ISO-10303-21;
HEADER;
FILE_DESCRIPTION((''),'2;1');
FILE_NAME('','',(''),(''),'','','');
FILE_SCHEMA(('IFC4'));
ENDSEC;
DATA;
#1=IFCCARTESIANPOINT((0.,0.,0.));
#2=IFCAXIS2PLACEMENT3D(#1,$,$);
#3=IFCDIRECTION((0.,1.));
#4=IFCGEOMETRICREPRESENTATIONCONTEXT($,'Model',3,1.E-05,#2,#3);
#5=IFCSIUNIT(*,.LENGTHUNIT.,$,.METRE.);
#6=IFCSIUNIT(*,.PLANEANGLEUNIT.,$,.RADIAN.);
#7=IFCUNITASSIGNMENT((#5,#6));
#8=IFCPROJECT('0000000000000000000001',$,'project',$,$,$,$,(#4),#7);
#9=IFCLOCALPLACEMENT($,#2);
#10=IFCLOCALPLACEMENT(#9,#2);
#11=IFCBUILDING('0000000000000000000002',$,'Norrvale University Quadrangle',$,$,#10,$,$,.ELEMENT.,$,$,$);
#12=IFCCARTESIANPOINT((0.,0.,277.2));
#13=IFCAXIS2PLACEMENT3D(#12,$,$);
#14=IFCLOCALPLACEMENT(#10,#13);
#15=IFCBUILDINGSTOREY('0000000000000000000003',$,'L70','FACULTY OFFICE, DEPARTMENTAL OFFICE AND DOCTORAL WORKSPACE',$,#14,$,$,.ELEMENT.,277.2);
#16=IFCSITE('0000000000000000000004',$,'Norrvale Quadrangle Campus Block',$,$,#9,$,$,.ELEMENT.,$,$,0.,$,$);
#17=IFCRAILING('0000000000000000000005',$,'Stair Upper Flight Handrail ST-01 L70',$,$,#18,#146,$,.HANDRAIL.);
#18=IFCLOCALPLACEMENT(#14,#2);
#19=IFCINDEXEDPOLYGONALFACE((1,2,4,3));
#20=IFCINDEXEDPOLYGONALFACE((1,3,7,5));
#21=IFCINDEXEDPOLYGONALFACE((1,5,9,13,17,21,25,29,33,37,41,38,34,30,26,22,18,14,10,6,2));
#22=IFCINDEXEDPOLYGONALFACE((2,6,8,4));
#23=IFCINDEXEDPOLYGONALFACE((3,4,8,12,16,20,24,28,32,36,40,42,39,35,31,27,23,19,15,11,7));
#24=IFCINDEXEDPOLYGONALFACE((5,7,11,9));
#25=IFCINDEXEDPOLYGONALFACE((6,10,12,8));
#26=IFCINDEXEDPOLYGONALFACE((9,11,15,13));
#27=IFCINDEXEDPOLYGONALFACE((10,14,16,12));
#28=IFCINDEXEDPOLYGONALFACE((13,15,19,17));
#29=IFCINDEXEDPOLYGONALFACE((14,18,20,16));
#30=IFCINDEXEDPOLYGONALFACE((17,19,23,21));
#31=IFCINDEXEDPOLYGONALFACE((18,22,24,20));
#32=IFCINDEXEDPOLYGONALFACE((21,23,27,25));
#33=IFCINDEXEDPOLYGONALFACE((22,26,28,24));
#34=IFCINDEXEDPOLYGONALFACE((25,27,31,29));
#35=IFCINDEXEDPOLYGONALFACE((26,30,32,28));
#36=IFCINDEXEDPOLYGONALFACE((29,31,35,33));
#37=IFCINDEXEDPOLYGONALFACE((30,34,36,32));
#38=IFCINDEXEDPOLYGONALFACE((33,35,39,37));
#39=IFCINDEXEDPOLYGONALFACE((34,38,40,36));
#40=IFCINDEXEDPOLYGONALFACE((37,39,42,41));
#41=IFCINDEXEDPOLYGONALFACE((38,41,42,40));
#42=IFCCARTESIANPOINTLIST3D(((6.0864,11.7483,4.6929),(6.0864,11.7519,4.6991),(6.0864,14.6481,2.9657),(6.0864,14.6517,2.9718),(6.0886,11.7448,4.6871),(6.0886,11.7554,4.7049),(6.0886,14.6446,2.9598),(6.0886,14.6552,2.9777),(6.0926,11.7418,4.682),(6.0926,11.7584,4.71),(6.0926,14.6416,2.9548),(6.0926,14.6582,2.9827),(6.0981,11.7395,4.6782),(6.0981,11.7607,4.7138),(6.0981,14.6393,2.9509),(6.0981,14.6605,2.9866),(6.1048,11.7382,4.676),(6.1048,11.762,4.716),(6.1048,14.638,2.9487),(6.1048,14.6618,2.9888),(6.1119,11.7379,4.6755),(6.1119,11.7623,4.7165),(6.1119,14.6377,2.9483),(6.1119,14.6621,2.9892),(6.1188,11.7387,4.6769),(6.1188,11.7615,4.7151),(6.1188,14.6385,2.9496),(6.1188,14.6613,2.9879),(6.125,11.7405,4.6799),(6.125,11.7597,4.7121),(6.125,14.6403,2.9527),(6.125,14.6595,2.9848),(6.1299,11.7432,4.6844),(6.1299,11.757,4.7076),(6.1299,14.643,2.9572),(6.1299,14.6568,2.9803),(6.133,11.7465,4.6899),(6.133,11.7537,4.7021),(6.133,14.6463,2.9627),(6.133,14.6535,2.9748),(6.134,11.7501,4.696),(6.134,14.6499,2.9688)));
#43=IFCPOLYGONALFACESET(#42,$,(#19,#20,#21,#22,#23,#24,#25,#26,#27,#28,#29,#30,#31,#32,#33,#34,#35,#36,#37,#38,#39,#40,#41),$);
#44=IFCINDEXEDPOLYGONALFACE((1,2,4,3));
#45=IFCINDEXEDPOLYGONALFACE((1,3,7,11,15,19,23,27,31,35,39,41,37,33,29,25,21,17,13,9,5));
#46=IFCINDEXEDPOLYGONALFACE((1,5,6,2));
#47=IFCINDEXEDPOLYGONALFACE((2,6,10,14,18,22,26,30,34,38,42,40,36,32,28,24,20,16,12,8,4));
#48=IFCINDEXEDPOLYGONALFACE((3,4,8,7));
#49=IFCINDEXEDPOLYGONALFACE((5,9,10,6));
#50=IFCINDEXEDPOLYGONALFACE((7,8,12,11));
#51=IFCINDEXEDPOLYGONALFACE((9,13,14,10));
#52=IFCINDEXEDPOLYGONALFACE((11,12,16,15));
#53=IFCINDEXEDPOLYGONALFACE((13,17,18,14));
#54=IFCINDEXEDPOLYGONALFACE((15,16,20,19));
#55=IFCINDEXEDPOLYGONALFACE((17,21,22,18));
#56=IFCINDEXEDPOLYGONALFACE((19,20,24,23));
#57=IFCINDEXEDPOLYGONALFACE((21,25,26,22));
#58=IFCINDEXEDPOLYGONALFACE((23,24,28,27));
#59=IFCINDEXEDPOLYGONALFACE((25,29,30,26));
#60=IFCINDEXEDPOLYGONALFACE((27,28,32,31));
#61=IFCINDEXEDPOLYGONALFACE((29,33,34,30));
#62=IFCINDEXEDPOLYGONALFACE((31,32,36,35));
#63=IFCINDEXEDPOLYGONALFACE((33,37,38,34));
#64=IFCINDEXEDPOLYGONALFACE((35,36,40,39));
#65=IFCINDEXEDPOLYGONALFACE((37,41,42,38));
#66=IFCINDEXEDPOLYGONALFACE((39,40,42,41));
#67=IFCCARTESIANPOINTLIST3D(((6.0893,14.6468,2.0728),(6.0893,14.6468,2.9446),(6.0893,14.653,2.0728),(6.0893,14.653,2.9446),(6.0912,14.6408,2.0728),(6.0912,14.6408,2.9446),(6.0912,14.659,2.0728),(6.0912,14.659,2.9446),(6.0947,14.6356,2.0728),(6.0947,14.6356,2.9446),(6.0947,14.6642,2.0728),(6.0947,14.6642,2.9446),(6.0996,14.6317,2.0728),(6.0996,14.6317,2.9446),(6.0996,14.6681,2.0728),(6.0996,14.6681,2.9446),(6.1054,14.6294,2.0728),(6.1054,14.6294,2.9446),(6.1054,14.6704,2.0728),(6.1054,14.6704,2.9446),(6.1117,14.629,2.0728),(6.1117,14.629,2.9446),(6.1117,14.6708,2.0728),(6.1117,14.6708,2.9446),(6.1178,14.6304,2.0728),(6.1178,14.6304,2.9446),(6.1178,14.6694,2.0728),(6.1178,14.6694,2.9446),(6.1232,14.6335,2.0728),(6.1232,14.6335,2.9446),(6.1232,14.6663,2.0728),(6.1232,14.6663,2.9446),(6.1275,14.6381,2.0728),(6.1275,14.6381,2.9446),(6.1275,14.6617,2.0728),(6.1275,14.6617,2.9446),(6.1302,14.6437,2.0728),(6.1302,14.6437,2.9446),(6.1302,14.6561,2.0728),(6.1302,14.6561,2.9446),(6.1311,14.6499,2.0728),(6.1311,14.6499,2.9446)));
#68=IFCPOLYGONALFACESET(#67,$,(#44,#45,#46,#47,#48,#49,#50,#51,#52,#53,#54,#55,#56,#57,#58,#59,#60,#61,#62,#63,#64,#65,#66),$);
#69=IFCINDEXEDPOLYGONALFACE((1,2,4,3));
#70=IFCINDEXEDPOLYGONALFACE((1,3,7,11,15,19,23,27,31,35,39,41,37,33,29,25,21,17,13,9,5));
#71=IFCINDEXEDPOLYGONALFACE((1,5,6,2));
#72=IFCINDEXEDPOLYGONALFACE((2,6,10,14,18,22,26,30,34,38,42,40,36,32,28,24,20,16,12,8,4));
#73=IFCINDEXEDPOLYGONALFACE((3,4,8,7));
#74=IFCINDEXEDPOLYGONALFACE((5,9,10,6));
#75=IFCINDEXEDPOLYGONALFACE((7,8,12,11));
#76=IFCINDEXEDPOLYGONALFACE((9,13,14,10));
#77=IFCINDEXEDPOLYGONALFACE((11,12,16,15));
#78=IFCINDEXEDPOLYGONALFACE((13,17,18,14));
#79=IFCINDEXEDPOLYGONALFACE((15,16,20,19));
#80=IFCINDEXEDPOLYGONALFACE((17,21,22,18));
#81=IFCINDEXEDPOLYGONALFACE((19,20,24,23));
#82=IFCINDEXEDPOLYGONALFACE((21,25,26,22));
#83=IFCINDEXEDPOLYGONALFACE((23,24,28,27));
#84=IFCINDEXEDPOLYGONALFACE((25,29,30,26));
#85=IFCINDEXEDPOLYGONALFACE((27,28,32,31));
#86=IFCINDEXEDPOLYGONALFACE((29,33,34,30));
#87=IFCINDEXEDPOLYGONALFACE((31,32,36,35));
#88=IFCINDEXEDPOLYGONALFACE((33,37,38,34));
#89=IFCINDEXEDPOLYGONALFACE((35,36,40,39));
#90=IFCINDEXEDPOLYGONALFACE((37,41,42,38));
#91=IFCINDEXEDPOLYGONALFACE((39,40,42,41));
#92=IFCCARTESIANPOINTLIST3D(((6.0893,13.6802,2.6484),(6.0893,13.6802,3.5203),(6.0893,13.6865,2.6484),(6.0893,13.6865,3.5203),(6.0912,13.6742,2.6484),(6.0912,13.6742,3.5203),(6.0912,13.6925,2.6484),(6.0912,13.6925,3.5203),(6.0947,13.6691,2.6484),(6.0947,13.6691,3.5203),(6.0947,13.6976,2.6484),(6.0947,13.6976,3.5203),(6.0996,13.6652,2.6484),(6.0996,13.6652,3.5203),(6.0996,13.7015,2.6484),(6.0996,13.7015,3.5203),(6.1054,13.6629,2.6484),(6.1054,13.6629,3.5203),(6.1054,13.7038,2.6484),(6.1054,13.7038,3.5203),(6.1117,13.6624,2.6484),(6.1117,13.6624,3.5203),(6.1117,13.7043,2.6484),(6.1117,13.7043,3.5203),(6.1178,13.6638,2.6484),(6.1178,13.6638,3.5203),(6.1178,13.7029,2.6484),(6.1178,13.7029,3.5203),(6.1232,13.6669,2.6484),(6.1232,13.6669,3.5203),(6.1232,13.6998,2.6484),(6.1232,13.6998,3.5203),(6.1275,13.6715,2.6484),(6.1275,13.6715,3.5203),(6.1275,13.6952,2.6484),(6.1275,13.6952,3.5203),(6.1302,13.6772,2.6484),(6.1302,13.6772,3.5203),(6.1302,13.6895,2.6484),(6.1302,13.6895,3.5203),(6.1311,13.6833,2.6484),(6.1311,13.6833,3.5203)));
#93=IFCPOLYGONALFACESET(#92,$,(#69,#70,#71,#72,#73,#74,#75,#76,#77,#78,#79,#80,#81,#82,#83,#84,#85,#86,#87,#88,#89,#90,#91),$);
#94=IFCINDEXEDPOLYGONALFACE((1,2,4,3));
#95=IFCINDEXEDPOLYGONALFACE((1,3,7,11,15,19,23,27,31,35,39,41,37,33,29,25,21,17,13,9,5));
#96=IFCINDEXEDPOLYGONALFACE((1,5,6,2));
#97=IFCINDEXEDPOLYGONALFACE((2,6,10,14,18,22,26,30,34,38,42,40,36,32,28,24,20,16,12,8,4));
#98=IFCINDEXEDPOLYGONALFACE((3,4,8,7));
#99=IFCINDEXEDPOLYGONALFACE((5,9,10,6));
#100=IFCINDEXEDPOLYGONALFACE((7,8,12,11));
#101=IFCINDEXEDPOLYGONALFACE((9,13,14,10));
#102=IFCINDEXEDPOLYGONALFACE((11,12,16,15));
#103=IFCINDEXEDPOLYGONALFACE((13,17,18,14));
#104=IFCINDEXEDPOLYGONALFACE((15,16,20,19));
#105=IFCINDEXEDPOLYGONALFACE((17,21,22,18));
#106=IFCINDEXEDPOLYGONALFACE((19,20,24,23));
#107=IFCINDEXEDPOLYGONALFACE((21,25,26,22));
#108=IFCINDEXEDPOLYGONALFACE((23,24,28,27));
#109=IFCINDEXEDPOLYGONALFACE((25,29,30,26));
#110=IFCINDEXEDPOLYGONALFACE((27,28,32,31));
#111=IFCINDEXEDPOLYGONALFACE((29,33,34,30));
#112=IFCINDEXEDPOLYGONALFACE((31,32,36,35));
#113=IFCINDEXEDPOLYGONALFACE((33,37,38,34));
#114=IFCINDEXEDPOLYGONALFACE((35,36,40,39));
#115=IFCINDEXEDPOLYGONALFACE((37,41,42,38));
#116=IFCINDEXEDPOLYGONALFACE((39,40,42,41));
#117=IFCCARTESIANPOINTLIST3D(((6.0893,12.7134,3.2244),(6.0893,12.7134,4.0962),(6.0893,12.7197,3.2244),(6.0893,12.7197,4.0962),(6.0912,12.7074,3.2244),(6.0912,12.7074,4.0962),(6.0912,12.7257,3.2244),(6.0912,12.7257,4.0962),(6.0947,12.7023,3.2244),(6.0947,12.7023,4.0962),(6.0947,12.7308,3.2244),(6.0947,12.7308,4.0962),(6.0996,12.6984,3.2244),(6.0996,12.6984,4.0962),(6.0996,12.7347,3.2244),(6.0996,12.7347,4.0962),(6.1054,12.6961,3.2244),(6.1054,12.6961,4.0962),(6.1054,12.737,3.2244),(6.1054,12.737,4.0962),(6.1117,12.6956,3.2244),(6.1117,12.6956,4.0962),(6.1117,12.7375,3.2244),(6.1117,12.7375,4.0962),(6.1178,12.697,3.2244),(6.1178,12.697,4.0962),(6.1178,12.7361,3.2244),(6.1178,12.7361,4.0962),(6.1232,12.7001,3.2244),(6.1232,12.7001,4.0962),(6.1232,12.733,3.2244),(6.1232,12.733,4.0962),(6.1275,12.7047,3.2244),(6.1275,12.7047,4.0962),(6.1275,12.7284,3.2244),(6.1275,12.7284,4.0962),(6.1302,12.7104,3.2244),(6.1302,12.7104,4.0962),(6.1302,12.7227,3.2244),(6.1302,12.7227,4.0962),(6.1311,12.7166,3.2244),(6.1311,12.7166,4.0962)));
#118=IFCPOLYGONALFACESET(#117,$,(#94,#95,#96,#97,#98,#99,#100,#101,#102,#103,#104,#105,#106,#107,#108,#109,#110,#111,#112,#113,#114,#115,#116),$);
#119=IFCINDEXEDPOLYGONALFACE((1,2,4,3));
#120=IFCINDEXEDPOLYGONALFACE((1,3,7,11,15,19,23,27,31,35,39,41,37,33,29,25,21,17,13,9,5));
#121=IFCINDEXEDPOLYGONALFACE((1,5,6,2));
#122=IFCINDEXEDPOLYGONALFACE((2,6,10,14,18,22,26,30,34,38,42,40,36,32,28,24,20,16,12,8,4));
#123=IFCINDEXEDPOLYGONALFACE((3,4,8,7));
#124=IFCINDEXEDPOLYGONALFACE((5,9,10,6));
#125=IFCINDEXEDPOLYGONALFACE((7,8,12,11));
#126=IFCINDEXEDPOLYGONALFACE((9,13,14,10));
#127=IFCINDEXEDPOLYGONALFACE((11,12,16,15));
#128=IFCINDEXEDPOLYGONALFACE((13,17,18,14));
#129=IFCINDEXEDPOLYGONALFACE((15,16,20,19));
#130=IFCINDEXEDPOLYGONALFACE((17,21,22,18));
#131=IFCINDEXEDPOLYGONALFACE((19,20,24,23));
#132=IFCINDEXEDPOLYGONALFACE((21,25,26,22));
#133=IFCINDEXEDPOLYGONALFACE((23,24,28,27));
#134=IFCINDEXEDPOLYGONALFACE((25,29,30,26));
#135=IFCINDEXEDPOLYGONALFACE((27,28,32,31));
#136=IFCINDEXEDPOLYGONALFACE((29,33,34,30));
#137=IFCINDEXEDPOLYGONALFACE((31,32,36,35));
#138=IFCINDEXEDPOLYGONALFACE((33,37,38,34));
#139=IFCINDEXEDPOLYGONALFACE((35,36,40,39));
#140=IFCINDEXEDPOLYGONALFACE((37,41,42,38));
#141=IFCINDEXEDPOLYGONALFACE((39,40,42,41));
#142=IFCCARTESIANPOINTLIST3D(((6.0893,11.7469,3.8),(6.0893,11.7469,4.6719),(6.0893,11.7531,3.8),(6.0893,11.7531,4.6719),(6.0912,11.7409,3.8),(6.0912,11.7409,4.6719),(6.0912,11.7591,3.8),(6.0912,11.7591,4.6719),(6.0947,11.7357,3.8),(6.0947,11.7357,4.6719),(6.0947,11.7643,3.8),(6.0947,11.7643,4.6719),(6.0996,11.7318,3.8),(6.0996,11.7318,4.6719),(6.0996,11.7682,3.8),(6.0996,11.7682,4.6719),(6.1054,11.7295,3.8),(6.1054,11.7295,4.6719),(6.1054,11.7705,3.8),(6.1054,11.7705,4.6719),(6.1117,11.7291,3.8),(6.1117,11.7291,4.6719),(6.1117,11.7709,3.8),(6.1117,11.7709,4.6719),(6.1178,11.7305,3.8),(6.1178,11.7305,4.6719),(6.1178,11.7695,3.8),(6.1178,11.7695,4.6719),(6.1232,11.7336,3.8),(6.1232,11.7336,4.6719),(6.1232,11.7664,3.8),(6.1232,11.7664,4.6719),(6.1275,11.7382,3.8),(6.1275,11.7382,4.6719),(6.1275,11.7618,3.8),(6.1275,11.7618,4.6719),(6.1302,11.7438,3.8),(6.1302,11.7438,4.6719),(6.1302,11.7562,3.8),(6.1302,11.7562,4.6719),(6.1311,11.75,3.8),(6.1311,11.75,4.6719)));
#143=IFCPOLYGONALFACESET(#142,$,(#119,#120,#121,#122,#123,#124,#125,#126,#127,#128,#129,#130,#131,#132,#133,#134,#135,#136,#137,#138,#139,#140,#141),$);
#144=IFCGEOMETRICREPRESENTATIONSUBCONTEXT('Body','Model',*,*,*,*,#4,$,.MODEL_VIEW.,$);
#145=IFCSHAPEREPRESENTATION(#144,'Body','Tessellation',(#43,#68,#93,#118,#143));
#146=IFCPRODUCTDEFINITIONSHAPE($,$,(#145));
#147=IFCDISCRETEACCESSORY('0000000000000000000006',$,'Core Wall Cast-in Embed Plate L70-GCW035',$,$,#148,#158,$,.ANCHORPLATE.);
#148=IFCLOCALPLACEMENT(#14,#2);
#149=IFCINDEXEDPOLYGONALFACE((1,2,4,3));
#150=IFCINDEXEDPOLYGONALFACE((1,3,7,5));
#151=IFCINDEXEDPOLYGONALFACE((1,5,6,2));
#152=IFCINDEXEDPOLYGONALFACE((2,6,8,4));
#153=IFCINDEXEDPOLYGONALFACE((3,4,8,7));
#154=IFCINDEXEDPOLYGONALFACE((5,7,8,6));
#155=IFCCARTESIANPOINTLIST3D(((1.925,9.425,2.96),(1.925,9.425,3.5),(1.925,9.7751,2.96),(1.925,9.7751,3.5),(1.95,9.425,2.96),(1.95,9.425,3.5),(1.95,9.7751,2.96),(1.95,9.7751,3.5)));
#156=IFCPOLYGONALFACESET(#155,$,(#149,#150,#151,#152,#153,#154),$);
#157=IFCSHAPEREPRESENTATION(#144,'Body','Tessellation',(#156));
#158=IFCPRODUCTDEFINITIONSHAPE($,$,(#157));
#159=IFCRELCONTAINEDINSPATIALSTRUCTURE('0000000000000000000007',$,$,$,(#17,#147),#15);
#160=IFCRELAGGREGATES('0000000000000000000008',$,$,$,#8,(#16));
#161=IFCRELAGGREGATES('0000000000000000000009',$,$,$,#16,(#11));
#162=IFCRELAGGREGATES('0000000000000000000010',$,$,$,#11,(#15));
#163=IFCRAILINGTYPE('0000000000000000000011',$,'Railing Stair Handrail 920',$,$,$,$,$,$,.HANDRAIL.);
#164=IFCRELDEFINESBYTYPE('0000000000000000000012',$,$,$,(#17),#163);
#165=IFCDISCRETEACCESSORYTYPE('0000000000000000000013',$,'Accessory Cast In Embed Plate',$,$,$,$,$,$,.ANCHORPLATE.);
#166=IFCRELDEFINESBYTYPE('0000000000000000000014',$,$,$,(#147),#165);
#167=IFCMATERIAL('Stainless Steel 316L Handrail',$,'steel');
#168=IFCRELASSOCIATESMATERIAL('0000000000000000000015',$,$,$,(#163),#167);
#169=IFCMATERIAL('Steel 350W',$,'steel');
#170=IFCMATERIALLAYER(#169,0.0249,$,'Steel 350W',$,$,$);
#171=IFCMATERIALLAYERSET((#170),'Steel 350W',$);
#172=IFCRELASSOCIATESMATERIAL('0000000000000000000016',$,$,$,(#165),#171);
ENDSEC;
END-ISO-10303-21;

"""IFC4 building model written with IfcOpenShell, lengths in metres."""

from ifc_helpers import new_model, si_unit, direction, frame, origin, origin_2d, place, context, subcontext, project, spatial, rectangle, circle, extrude, material, layer, layer_set, type_object, element, save


model = new_model("IFC4")

# Units and contexts
model_context = context("Model", 3, precision=1e-05, world=origin(), true_north=direction((0.0, 1.0)))
body_context = subcontext(model_context, "Body", "Model", "MODEL_VIEW")
ifc_project = project(units=[si_unit("LENGTHUNIT", "METRE"), si_unit("PLANEANGLEUNIT", "RADIAN")], contexts=[model_context])

# Site, building, storey
site_placement = place(None, origin())
site = spatial("IfcSite", under=ifc_project, at=site_placement, Name="Norrvale Quadrangle Campus Block", CompositionType="ELEMENT", RefElevation=0.0)
building_placement = place(site_placement, origin())
building = spatial("IfcBuilding", under=site, at=building_placement, Name="Norrvale University Quadrangle", CompositionType="ELEMENT")
storey_placement = place(building_placement, frame((0.0, 0.0, 277.2)))
storey = spatial("IfcBuildingStorey", under=building, at=storey_placement, Name="L70", Description="FACULTY OFFICE, DEPARTMENTAL OFFICE AND DOCTORAL WORKSPACE", CompositionType="ELEMENT", Elevation=277.2)

# Shared definitions
ifc_material_1 = material(Name="Steel 350W", Category="steel")

# Railing
ifc_material_2 = material(Name="Stainless Steel 316L Handrail", Category="steel")
railing_type_1 = type_object("IfcRailingType", Name="Railing Stair Handrail 920", PredefinedType="HANDRAIL", material=ifc_material_2)
railing_1_placement = place(storey_placement, frame((6.1101, 14.6499, 2.0728)))
element("IfcRailing", 1, at=railing_1_placement, inside=storey, type_object=railing_type_1, Name="Stair Upper Flight Handrail ST-01 L70", PredefinedType="HANDRAIL", context=body_context, shape_type="SweptSolid", body=[
    extrude(circle(Radius=0.0239, at=origin_2d()), frame((0.0, 0.0, 0.896), z_axis=(0.0, -0.859141, 0.511738), x_axis=(1.0, 0.0, 0.0)), (0.0, 0.0, 1.0), 3.3752),
    extrude(circle(Radius=0.021, at=origin_2d()), origin(), (0.0, 0.0, 1.0), 0.8718),
    extrude(circle(Radius=0.021, at=origin_2d()), frame((0.0, -0.9666, 0.5757)), (0.0, 0.0, 1.0), 0.8718),
    extrude(circle(Radius=0.021, at=origin_2d()), frame((0.0, -1.9333, 1.1516)), (0.0, 0.0, 1.0), 0.8718),
    extrude(circle(Radius=0.021, at=origin_2d()), frame((0.0, -2.8999, 1.7273)), (0.0, 0.0, 1.0), 0.8718),
])

# Discrete accessory
ifc_layer_1 = layer(ifc_material_1, 0.0249, Name="Steel 350W")
ifc_layer_set_1 = layer_set([ifc_layer_1], Name="Steel 350W")
discrete_accessory_type = type_object("IfcDiscreteAccessoryType", Name="Accessory Cast In Embed Plate", PredefinedType="ANCHORPLATE", material=ifc_layer_set_1)
discrete_accessory_placement = place(storey_placement, frame((1.9375, 9.6001, 2.96), z_axis=(0.0, 0.0, 1.0), x_axis=(1.0, 0.0, 0.0)))
element("IfcDiscreteAccessory", 2, at=discrete_accessory_placement, inside=storey, type_object=discrete_accessory_type, Name="Core Wall Cast-in Embed Plate L70-GCW035", PredefinedType="ANCHORPLATE", context=body_context, shape_type="SweptSolid", body=[
    extrude(rectangle(XDim=0.0249, YDim=0.3501, at=origin_2d()), origin(), (0.0, 0.0, 1.0), 0.54),
])

save(model, "model.ifc")
